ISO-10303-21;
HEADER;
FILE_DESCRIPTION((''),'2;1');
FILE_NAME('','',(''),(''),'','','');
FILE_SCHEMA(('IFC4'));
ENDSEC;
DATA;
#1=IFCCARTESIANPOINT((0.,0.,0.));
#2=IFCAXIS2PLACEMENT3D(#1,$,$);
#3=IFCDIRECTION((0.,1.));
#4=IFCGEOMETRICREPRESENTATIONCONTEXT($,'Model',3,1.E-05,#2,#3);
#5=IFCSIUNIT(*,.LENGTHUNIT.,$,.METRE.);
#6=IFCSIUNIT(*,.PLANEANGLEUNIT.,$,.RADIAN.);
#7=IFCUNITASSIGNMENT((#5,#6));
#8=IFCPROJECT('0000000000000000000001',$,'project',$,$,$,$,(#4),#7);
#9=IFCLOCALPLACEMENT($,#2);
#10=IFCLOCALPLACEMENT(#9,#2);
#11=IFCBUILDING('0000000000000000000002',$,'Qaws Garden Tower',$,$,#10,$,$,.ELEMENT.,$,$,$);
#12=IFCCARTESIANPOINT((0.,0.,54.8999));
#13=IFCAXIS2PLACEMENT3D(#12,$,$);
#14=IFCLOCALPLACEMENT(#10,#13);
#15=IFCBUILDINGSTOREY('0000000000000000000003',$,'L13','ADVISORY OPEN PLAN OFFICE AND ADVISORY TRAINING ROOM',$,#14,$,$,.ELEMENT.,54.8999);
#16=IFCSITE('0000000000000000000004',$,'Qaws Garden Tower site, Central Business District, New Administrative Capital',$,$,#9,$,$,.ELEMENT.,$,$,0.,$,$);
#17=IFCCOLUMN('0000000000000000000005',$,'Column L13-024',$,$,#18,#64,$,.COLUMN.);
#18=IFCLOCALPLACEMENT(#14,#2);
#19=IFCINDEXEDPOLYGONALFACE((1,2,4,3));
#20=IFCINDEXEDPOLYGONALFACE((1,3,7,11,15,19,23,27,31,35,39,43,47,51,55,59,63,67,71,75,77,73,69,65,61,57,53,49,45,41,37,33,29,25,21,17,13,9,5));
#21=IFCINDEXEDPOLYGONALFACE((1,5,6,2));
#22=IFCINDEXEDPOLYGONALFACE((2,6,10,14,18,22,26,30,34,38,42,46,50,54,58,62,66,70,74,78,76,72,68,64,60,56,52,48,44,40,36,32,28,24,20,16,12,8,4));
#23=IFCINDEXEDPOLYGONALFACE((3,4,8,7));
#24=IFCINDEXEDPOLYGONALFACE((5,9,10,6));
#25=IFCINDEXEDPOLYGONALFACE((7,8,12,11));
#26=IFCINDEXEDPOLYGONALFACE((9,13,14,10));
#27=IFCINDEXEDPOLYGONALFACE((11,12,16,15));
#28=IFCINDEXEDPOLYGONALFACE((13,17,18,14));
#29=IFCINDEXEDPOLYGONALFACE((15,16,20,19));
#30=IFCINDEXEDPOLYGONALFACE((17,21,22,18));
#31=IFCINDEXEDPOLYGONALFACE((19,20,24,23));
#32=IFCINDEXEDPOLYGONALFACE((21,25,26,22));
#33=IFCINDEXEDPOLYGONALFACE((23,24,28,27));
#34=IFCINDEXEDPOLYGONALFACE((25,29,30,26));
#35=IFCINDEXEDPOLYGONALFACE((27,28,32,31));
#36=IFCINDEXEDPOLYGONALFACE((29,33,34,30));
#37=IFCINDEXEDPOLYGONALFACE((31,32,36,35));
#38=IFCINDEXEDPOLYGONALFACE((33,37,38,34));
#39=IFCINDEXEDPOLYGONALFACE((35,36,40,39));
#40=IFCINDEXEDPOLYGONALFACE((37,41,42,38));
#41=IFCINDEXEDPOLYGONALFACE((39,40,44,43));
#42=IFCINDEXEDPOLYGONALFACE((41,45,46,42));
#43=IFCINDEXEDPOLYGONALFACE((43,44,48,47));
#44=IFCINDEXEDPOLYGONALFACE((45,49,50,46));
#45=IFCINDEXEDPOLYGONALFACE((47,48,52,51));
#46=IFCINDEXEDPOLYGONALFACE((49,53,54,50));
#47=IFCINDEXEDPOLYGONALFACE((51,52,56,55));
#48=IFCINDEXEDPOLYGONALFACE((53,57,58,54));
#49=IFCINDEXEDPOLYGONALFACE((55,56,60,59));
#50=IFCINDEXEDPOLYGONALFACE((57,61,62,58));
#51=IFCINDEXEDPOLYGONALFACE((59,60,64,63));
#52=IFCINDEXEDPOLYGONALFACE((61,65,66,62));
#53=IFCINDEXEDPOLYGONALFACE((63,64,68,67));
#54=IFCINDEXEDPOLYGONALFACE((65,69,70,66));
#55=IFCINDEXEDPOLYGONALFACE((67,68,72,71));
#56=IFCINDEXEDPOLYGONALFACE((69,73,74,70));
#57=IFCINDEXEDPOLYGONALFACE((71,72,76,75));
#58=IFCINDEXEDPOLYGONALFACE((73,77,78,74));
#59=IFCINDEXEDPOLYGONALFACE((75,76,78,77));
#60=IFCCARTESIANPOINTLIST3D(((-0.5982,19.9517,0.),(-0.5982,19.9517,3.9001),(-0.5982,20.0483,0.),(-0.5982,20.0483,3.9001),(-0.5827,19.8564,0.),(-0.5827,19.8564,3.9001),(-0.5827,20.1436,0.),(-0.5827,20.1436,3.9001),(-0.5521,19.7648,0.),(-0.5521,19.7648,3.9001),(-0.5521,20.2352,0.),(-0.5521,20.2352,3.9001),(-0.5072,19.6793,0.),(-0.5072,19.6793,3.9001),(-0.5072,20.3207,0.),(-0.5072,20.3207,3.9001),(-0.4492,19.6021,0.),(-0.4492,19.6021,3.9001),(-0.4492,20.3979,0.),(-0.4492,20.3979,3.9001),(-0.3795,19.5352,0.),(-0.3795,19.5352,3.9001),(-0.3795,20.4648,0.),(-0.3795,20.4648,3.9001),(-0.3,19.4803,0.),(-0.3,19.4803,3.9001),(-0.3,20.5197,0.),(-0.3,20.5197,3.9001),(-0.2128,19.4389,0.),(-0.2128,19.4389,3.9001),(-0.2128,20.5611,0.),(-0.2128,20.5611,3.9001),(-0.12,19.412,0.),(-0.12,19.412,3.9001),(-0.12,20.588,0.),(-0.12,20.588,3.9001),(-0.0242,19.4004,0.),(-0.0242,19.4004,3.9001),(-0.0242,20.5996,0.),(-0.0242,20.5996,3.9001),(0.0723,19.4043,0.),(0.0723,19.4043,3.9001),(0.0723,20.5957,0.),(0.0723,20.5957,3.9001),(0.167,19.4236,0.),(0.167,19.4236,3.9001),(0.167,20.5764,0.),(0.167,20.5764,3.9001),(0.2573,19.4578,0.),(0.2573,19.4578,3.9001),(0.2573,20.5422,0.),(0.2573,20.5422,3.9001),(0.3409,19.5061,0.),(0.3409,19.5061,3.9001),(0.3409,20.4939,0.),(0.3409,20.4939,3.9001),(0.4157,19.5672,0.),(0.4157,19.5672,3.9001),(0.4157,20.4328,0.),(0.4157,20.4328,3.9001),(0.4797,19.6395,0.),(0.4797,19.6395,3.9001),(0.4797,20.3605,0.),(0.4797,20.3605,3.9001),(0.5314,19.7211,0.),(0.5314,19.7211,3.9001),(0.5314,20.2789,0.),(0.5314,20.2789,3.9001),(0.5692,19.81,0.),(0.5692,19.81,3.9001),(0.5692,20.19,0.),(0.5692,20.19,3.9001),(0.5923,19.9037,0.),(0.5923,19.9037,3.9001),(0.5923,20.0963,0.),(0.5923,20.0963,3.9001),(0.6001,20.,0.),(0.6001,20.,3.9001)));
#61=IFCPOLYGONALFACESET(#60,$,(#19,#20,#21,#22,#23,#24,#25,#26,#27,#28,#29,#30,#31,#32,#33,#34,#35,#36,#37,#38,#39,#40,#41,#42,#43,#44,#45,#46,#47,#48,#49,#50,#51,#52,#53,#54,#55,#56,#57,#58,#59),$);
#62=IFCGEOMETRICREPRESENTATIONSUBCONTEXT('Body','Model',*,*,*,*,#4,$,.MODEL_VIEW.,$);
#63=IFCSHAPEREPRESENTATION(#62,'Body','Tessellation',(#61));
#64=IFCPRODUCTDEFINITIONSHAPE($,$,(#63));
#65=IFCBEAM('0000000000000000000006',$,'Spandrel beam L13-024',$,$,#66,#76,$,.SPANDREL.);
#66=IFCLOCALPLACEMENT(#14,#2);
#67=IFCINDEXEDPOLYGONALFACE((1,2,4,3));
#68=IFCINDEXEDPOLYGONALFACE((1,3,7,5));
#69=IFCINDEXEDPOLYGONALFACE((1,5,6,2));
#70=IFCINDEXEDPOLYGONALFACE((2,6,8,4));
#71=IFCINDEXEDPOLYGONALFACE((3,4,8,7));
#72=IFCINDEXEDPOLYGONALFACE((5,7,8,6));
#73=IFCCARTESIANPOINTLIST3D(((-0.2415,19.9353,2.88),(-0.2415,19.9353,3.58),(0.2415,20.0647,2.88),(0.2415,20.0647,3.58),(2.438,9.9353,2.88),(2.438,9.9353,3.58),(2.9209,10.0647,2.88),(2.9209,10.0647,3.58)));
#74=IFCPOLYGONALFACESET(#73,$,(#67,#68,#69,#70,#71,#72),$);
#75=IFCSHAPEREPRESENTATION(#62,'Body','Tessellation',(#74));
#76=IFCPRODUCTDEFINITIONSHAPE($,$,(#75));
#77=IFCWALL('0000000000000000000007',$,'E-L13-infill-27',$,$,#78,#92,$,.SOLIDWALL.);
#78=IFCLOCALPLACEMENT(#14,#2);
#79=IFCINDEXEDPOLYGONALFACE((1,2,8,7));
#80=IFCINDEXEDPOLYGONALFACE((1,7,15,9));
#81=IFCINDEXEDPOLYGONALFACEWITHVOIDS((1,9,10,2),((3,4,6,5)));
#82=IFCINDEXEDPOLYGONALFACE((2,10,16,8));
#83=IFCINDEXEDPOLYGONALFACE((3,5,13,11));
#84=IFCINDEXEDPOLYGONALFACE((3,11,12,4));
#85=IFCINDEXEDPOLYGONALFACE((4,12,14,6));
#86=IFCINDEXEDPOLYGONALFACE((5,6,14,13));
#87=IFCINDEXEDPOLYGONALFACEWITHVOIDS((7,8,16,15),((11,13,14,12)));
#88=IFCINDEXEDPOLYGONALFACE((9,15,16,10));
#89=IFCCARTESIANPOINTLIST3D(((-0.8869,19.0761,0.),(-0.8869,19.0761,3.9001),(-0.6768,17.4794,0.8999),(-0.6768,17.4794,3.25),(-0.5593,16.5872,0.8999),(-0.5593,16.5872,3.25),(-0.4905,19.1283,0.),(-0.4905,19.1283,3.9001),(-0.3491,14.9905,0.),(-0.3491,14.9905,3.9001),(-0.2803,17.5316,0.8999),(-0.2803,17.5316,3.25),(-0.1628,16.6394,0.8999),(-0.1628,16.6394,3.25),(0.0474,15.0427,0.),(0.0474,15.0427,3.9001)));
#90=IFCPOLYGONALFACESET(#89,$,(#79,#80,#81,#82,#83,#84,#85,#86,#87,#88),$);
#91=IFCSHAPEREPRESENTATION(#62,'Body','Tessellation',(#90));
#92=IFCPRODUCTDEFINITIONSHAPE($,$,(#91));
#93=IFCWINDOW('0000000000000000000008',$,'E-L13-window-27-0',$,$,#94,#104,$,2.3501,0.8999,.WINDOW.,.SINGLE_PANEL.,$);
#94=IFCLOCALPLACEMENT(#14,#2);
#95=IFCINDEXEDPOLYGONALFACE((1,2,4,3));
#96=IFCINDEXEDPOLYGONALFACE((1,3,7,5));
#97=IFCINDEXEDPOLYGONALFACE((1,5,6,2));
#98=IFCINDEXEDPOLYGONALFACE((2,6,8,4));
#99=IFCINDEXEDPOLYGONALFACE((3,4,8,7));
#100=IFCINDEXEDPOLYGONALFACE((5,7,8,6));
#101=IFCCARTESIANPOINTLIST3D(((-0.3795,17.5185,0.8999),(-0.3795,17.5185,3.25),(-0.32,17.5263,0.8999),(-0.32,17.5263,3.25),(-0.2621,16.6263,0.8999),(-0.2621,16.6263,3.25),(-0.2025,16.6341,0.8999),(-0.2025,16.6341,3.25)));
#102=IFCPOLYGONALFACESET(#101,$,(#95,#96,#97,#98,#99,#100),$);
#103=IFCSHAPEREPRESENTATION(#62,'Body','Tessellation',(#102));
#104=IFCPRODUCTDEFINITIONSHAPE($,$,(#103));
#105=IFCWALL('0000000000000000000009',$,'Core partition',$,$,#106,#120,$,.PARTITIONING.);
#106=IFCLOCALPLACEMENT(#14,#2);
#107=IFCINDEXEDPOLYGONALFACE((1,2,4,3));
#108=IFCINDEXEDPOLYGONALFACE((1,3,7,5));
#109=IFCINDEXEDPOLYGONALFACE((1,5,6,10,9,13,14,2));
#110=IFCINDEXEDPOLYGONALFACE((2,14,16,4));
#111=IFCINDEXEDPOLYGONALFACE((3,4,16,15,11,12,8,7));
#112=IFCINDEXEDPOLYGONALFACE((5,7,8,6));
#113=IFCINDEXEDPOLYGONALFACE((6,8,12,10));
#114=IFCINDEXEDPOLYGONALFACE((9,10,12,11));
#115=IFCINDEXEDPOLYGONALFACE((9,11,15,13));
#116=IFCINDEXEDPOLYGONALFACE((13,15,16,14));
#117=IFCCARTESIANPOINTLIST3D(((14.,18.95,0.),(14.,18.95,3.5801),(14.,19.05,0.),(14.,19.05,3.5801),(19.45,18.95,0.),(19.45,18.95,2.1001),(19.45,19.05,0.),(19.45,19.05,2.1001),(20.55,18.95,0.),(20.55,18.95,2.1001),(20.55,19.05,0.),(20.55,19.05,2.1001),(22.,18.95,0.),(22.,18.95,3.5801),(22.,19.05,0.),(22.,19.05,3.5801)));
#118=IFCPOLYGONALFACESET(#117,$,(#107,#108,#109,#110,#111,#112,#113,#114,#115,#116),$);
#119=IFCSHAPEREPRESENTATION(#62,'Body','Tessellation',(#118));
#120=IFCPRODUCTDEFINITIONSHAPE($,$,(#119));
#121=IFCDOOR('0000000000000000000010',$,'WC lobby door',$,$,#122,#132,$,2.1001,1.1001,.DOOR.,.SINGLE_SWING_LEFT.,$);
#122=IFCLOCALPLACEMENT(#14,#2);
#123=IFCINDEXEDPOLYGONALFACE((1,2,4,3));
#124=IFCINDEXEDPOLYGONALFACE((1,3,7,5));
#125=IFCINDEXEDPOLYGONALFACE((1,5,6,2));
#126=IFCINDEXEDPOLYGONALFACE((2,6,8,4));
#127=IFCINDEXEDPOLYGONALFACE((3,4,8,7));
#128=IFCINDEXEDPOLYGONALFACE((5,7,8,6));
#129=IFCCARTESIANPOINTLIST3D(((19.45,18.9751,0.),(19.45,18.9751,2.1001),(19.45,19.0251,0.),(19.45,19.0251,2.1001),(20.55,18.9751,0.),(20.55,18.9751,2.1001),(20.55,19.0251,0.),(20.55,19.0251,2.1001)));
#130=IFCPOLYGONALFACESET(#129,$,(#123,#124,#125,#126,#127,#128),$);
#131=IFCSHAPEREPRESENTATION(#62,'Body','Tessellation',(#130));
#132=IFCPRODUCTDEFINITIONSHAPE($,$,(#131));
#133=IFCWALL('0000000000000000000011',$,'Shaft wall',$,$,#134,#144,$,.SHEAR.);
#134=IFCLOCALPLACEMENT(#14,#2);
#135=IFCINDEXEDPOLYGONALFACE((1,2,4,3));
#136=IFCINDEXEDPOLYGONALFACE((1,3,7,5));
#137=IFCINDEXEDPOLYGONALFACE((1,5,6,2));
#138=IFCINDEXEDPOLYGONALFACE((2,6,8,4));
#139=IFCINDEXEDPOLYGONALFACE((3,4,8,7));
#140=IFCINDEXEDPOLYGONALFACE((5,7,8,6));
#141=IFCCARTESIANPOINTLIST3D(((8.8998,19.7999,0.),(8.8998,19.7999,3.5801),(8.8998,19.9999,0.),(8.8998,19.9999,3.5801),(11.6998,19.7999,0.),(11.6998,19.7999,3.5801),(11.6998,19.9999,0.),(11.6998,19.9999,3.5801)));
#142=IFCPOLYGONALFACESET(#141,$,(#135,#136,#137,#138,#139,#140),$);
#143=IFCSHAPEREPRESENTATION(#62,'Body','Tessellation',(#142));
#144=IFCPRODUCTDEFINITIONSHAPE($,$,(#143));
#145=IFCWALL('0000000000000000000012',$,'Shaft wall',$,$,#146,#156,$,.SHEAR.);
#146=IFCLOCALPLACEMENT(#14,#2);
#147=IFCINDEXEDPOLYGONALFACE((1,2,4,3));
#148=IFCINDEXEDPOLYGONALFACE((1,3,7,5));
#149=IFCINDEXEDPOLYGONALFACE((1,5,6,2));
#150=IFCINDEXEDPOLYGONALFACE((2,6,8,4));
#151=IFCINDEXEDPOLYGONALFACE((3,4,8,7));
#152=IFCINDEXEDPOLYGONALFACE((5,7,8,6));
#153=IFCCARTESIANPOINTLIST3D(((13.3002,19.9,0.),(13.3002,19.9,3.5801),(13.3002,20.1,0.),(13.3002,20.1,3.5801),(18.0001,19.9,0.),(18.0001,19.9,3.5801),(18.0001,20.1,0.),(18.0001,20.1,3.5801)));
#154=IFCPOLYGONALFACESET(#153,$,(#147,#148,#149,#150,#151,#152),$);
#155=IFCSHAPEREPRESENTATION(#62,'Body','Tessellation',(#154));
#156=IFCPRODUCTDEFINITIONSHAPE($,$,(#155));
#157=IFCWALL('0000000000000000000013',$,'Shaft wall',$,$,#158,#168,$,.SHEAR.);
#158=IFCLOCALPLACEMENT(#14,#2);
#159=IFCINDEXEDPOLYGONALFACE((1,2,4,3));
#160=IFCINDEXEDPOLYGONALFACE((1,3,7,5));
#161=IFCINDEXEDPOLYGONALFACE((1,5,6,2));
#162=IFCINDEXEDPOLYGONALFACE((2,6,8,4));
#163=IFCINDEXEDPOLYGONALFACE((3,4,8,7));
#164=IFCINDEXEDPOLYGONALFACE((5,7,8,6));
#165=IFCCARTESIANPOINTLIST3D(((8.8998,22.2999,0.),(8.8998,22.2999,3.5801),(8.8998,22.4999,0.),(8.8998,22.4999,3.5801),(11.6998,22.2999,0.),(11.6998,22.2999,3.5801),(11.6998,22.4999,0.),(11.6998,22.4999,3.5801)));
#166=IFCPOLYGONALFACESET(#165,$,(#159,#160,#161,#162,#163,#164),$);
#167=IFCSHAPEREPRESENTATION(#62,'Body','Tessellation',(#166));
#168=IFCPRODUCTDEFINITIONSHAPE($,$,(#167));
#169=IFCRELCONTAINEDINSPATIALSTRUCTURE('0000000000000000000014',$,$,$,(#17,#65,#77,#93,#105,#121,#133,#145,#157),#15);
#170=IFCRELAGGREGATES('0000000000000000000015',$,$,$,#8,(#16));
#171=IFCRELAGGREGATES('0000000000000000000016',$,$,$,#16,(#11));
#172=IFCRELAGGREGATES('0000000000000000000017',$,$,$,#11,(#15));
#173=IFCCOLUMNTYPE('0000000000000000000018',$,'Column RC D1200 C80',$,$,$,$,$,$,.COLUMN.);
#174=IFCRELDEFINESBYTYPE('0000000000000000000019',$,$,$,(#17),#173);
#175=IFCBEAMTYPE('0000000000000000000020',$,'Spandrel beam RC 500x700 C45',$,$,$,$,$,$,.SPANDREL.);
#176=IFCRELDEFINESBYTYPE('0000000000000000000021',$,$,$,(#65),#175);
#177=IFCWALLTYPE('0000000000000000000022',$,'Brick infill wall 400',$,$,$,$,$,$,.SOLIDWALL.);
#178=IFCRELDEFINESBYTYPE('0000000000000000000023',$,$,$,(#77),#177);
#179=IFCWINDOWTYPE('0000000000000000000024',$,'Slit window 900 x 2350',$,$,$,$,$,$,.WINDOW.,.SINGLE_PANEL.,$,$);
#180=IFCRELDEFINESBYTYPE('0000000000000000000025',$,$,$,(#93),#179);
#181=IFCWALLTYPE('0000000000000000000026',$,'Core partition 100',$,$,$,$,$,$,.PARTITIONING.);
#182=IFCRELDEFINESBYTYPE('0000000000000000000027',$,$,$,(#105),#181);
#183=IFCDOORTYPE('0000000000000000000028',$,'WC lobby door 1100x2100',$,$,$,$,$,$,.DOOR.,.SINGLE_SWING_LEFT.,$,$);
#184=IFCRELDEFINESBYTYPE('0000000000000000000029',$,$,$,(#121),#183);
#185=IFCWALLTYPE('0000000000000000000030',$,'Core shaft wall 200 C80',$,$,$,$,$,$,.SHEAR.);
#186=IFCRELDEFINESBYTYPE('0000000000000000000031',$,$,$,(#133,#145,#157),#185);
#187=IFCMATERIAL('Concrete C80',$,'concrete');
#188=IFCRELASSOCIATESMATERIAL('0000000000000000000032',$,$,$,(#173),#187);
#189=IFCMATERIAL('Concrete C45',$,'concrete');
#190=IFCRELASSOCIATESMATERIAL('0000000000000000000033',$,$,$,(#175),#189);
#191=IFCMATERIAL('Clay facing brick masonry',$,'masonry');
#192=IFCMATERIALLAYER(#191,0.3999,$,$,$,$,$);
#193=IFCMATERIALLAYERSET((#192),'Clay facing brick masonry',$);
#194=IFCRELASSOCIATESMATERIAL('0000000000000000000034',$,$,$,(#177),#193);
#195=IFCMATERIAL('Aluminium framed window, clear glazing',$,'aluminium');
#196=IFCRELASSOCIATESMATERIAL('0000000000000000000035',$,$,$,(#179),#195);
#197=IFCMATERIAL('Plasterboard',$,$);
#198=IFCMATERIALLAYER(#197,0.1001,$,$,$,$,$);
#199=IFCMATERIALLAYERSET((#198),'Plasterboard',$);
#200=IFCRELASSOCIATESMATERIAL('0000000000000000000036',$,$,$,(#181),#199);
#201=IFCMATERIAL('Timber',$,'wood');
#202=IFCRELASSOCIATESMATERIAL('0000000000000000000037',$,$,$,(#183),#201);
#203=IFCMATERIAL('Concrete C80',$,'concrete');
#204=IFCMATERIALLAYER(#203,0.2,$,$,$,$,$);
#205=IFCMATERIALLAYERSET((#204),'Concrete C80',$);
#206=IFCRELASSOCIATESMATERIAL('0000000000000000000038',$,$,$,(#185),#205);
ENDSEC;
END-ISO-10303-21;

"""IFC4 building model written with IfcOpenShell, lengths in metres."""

from ifc_helpers import new_model, si_unit, direction, frame, frame_2d, origin, origin_2d, place, context, subcontext, project, spatial, rectangle, circle, extrude, material, layer, layer_set, material_profile, profile_set, type_object, element, fill, save


model = new_model("IFC4")

# Units and contexts
model_context = context("Model", 3, precision=1e-05, world=origin(), true_north=direction((0.0, 1.0)))
body_context = subcontext(model_context, "Body", "Model", "MODEL_VIEW")
ifc_project = project(units=[si_unit("LENGTHUNIT", "METRE"), si_unit("PLANEANGLEUNIT", "RADIAN")], contexts=[model_context])

# Site, building, storey
site_placement = place(None, origin())
site = spatial("IfcSite", under=ifc_project, at=site_placement, Name="Qaws Garden Tower site, Central Business District, New Administrative Capital", CompositionType="ELEMENT", RefElevation=0.0)
building_placement = place(site_placement, origin())
building = spatial("IfcBuilding", under=site, at=building_placement, Name="Qaws Garden Tower", CompositionType="ELEMENT")
storey_placement = place(building_placement, frame((0.0, 0.0, 54.8999)))
storey = spatial("IfcBuildingStorey", under=building, at=storey_placement, Name="L13", Description="ADVISORY OPEN PLAN OFFICE AND ADVISORY TRAINING ROOM", CompositionType="ELEMENT", Elevation=54.8999)

# Column
ifc_material_1 = material(Name="Concrete C80", Category="concrete")
ifc_material_profile_1 = material_profile(ifc_material_1, circle(Radius=0.6001, at=origin_2d()), Name="RC D1200")
ifc_profile_set_1 = profile_set([ifc_material_profile_1], Name="Concrete C80")
column_type = type_object("IfcColumnType", Name="Column RC D1200 C80", PredefinedType="COLUMN", material=ifc_profile_set_1)
column_placement = place(storey_placement, frame((0.0, 20.0, 0.0), z_axis=(0.0, 0.0, 1.0), x_axis=(1.0, 0.0, 0.0)))
element("IfcColumn", 1, at=column_placement, inside=storey, type_object=column_type, Name="Column L13-024", PredefinedType="COLUMN", context=body_context, shape_type="SweptSolid", body=[
    extrude(circle(Radius=0.6001, at=origin_2d()), origin(), (0.0, 0.0, 1.0), 3.9001),
])

# Beam
ifc_material_2 = material(Name="Concrete C45", Category="concrete")
ifc_material_profile_2 = material_profile(ifc_material_2, rectangle(XDim=0.5, YDim=0.7, at=origin_2d()), Name="RC 500x700")
ifc_profile_set_2 = profile_set([ifc_material_profile_2], Name="Concrete C45")
beam_type = type_object("IfcBeamType", Name="Spandrel beam RC 500x700 C45", PredefinedType="SPANDREL", material=ifc_profile_set_2)
beam_placement = place(storey_placement, frame((0.0, 20.0, 3.23), z_axis=(0.258815, -0.965927, 0.0), x_axis=(0.965927, 0.258815, 0.0)))
element("IfcBeam", 2, at=beam_placement, inside=storey, type_object=beam_type, Name="Spandrel beam L13-024", PredefinedType="SPANDREL", context=body_context, shape_type="SweptSolid", body=[
    extrude(rectangle(XDim=0.5, YDim=0.7, at=origin_2d()), origin(), (0.0, 0.0, 1.0), 10.3528),
])

# Wall, opening, window
ifc_material_3 = material(Name="Clay facing brick masonry", Category="masonry")
ifc_layer_1 = layer(ifc_material_3, 0.3999)
ifc_layer_set_1 = layer_set([ifc_layer_1], Name="Clay facing brick masonry")
wall_type_1 = type_object("IfcWallType", Name="Brick infill wall 400", PredefinedType="SOLIDWALL", material=ifc_layer_set_1)
wall_1_placement = place(storey_placement, frame((-0.6887, 19.1023, 0.0), z_axis=(0.0, 0.0, 1.0), x_axis=(0.130514, -0.991446, 0.0)))
wall_1 = element("IfcWall", 3, at=wall_1_placement, inside=storey, type_object=wall_type_1, Name="E-L13-infill-27", PredefinedType="SOLIDWALL", context=body_context, shape_type="SweptSolid", body=[
    extrude(rectangle(XDim=4.1208, YDim=0.3999, at=frame_2d((2.0605, 0.0))), origin(), (0.0, 0.0, 1.0), 3.9001),
])
opening_1_placement = place(wall_1_placement, frame((1.6106, 0.0, 0.8999)))
opening_1 = element("IfcOpeningElement", 4, at=opening_1_placement, cuts=wall_1, PredefinedType="OPENING", context=body_context, shape_type="SweptSolid", body=[
    extrude(rectangle(XDim=0.8999, YDim=2.3501, at=frame_2d((0.45, 1.175))), frame((0.0, 0.21, 0.0), z_axis=(0.0, -1.0, 0.0), x_axis=(1.0, 0.0, 0.0)), (0.0, 0.0, 1.0), 0.4199),
])
ifc_material_4 = material(Name="Aluminium framed window, clear glazing", Category="aluminium")
window_type = type_object("IfcWindowType", Name="Slit window 900 x 2350", PartitioningType="SINGLE_PANEL", PredefinedType="WINDOW", material=ifc_material_4)
window_placement = place(opening_1_placement, origin())
window = element("IfcWindow", 5, at=window_placement, inside=storey, type_object=window_type, Name="E-L13-window-27-0", OverallHeight=2.3501, OverallWidth=0.8999, PartitioningType="SINGLE_PANEL", PredefinedType="WINDOW", context=body_context, shape_type="SweptSolid", body=[
    extrude(rectangle(XDim=0.8999, YDim=2.3501, at=frame_2d((0.45, 1.175))), frame((0.0, 0.1599, 0.0), z_axis=(0.0, -1.0, 0.0), x_axis=(1.0, 0.0, 0.0)), (0.0, 0.0, 1.0), 0.0601),
])
fill(opening_1, window)

# Wall, opening, door
ifc_material_5 = material(Name="Plasterboard")
ifc_layer_2 = layer(ifc_material_5, 0.1001)
ifc_layer_set_2 = layer_set([ifc_layer_2], Name="Plasterboard")
wall_type_2 = type_object("IfcWallType", Name="Core partition 100", PredefinedType="PARTITIONING", material=ifc_layer_set_2)
wall_2_placement = place(storey_placement, frame((14.0, 19.0, 0.0), z_axis=(0.0, 0.0, 1.0), x_axis=(1.0, 0.0, 0.0)))
wall_2 = element("IfcWall", 6, at=wall_2_placement, inside=storey, type_object=wall_type_2, Name="Core partition", PredefinedType="PARTITIONING", context=body_context, shape_type="SweptSolid", body=[
    extrude(rectangle(XDim=8.0, YDim=0.1001, at=frame_2d((4.0, 0.0))), origin(), (0.0, 0.0, 1.0), 3.5801),
])
opening_2_placement = place(wall_2_placement, frame((5.45, 0.0, 0.0)))
opening_2 = element("IfcOpeningElement", 7, at=opening_2_placement, cuts=wall_2, PredefinedType="OPENING", context=body_context, shape_type="SweptSolid", body=[
    extrude(rectangle(XDim=1.1001, YDim=2.1001, at=frame_2d((0.55, 1.05))), frame((0.0, 0.0601, 0.0), z_axis=(0.0, -1.0, 0.0), x_axis=(1.0, 0.0, 0.0)), (0.0, 0.0, 1.0), 0.1201),
])
ifc_material_6 = material(Name="Timber", Category="wood")
door_type_1 = type_object("IfcDoorType", Name="WC lobby door 1100x2100", OperationType="SINGLE_SWING_LEFT", PredefinedType="DOOR", material=ifc_material_6)
door_1_placement = place(opening_2_placement, frame((1.1001, 0.0, 0.0), z_axis=(0.0, 0.0, 1.0), x_axis=(-1.0, 0.0, 0.0)))
door_1 = element("IfcDoor", 8, at=door_1_placement, inside=storey, type_object=door_type_1, Name="WC lobby door", OperationType="SINGLE_SWING_LEFT", OverallHeight=2.1001, OverallWidth=1.1001, PredefinedType="DOOR", context=body_context, shape_type="SweptSolid", body=[
    extrude(rectangle(XDim=1.1001, YDim=2.1001, at=frame_2d((0.55, 1.05))), frame((0.0, 0.0249, 0.0), z_axis=(0.0, -1.0, 0.0), x_axis=(1.0, 0.0, 0.0)), (0.0, 0.0, 1.0), 0.05),
])
fill(opening_2, door_1)

# Walls
ifc_material_7 = material(Name="Concrete C80", Category="concrete")
ifc_layer_3 = layer(ifc_material_7, 0.2)
ifc_layer_set_3 = layer_set([ifc_layer_3], Name="Concrete C80")
wall_type_3 = type_object("IfcWallType", Name="Core shaft wall 200 C80", PredefinedType="SHEAR", material=ifc_layer_set_3)
wall_3_placement = place(storey_placement, frame((8.8999, 19.8999, 0.0), z_axis=(0.0, 0.0, 1.0), x_axis=(1.0, 0.0, 0.0)))
element("IfcWall", 9, at=wall_3_placement, inside=storey, type_object=wall_type_3, Name="Shaft wall", PredefinedType="SHEAR", context=body_context, shape_type="SweptSolid", body=[
    extrude(rectangle(XDim=2.8, YDim=0.2, at=frame_2d((1.3999, 0.0))), origin(), (0.0, 0.0, 1.0), 3.5801),
])
wall_4_placement = place(storey_placement, frame((13.3, 20.0, 0.0), z_axis=(0.0, 0.0, 1.0), x_axis=(1.0, 0.0, 0.0)))
element("IfcWall", 10, at=wall_4_placement, inside=storey, type_object=wall_type_3, Name="Shaft wall", PredefinedType="SHEAR", context=body_context, shape_type="SweptSolid", body=[
    extrude(rectangle(XDim=4.7, YDim=0.2, at=frame_2d((2.3501, 0.0))), origin(), (0.0, 0.0, 1.0), 3.5801),
])
wall_5_placement = place(storey_placement, frame((8.8999, 22.3999, 0.0), z_axis=(0.0, 0.0, 1.0), x_axis=(1.0, 0.0, 0.0)))
element("IfcWall", 11, at=wall_5_placement, inside=storey, type_object=wall_type_3, Name="Shaft wall", PredefinedType="SHEAR", context=body_context, shape_type="SweptSolid", body=[
    extrude(rectangle(XDim=2.8, YDim=0.2, at=frame_2d((1.3999, 0.0))), origin(), (0.0, 0.0, 1.0), 3.5801),
])

save(model, "model.ifc")
